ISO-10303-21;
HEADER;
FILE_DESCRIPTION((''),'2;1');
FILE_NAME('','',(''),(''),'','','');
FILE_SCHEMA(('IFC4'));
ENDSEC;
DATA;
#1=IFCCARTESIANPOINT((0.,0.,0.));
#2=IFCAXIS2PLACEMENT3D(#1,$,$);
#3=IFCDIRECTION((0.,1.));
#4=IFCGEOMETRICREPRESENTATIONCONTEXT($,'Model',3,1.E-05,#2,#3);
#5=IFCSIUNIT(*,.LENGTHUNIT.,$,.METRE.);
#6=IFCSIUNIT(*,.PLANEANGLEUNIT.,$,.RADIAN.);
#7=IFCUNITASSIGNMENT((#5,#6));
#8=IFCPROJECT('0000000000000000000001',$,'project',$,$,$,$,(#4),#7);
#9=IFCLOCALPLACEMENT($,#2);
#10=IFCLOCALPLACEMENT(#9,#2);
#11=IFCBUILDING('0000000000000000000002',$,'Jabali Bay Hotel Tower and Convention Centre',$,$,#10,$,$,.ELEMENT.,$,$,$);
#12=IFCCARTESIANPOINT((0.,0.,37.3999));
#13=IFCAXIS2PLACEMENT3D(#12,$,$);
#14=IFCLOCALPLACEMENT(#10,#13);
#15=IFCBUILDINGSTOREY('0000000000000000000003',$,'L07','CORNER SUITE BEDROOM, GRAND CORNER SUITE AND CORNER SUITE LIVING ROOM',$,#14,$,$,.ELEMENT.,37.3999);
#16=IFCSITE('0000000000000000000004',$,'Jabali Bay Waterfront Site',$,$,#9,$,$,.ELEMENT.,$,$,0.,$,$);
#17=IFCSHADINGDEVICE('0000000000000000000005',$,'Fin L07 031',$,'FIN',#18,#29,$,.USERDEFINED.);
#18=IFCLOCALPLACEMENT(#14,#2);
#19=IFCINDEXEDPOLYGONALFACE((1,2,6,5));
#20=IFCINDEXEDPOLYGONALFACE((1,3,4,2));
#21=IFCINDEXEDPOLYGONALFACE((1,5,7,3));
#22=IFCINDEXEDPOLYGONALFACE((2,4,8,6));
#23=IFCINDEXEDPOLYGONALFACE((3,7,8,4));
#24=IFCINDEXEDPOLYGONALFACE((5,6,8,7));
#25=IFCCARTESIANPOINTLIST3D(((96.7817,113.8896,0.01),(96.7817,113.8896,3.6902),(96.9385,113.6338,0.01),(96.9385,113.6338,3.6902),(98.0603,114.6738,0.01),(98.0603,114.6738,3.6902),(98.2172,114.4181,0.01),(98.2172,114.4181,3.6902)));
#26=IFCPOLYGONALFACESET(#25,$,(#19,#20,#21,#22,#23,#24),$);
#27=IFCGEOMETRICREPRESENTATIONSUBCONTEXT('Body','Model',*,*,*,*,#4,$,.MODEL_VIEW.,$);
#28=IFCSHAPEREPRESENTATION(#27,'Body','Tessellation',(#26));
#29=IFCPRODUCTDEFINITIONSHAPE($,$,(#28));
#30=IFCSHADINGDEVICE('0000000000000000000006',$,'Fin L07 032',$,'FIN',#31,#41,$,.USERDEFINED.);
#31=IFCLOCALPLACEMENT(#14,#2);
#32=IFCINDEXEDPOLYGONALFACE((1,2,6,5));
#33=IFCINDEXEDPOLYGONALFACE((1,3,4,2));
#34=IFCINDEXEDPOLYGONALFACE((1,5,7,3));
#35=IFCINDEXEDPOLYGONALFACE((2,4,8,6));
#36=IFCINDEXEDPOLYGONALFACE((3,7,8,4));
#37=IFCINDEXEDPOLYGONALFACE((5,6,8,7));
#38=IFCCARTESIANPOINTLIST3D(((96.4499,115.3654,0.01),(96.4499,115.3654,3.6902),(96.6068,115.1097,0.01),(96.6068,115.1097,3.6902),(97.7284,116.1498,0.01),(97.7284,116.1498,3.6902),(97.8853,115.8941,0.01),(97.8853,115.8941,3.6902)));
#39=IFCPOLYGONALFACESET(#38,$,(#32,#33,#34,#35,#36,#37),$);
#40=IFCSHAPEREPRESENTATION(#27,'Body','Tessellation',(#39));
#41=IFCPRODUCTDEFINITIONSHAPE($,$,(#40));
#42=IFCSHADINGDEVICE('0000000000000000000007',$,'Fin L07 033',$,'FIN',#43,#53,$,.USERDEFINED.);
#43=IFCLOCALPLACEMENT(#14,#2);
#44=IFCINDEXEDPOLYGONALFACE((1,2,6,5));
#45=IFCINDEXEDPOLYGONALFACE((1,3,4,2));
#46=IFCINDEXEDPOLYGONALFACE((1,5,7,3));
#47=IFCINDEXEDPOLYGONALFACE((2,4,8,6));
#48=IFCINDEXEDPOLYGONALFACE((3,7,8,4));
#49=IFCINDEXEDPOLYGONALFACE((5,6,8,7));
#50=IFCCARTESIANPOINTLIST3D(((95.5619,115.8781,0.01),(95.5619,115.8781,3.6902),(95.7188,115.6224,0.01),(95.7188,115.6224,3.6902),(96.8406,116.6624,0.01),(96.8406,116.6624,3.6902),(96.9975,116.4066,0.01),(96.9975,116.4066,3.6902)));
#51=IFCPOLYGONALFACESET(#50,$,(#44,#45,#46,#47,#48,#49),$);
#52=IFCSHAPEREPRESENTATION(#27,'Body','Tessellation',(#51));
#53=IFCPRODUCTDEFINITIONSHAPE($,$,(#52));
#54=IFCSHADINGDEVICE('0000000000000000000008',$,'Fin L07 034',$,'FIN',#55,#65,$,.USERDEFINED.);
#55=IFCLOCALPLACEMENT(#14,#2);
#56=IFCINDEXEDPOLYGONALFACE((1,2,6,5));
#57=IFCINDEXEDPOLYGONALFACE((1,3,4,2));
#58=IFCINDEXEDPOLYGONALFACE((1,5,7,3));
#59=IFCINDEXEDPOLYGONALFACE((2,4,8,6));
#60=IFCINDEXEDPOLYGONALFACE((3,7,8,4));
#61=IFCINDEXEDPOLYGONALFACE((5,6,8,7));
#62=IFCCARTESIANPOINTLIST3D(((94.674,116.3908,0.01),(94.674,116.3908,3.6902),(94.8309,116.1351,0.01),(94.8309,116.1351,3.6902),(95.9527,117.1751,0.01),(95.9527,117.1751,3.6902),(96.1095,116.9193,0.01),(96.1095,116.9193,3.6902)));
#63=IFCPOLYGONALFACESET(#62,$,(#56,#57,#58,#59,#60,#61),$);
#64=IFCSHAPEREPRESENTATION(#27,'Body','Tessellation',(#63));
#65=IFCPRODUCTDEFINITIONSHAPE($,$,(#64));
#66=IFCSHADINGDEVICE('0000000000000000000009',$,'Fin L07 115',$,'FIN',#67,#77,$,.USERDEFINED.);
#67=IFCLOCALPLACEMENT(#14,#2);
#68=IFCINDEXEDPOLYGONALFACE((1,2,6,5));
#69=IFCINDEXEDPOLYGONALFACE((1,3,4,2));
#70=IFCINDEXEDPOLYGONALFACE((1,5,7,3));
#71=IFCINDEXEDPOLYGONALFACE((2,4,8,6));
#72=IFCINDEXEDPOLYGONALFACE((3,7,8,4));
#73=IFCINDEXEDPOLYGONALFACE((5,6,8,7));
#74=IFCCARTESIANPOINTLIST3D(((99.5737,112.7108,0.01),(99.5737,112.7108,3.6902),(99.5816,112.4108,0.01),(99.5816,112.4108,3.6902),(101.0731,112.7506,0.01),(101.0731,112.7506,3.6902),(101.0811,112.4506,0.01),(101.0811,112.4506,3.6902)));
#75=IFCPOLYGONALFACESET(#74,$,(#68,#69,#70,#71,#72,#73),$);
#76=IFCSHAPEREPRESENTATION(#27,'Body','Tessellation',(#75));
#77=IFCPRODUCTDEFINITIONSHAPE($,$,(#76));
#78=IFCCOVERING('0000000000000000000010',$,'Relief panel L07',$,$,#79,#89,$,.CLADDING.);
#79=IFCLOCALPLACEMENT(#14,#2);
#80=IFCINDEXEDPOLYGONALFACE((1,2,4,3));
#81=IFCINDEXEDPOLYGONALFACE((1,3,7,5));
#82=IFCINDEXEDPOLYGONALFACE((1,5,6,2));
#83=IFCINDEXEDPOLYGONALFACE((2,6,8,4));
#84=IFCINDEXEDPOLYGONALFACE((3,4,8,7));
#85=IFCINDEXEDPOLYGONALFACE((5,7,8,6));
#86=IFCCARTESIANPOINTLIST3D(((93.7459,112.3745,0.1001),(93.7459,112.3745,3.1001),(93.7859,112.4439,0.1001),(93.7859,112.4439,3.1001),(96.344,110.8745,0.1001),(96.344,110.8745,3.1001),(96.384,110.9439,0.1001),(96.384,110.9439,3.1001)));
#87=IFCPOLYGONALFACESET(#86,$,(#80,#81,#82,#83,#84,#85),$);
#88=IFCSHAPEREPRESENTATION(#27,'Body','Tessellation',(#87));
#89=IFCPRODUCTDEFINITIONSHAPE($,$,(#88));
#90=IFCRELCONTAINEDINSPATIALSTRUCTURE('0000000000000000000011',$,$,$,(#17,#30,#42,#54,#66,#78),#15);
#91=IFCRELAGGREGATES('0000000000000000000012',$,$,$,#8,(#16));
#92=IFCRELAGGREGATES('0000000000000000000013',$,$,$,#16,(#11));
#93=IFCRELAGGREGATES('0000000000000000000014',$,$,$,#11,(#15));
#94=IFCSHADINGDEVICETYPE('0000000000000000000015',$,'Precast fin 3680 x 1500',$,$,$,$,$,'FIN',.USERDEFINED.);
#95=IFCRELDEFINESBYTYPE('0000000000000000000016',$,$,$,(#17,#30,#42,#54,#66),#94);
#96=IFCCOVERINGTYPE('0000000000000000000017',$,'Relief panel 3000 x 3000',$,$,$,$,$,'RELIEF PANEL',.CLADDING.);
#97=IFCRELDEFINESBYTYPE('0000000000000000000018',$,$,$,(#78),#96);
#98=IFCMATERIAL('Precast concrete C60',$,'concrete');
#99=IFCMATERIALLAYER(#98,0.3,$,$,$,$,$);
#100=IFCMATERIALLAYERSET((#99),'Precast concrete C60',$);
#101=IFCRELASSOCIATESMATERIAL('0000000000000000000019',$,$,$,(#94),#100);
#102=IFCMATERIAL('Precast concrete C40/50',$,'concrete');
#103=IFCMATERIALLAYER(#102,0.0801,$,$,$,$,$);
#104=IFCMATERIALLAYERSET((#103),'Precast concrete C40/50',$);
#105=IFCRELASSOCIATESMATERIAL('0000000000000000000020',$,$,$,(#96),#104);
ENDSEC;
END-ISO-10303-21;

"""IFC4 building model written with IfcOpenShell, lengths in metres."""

from ifc_helpers import new_model, si_unit, direction, frame, frame_2d, origin, origin_2d, place, context, subcontext, project, spatial, rectangle, extrude, material, layer, layer_set, type_object, element, save


model = new_model("IFC4")

# Units and contexts
model_context = context("Model", 3, precision=1e-05, world=origin(), true_north=direction((0.0, 1.0)))
body_context = subcontext(model_context, "Body", "Model", "MODEL_VIEW")
ifc_project = project(units=[si_unit("LENGTHUNIT", "METRE"), si_unit("PLANEANGLEUNIT", "RADIAN")], contexts=[model_context])

# Site, building, storey
site_placement = place(None, origin())
site = spatial("IfcSite", under=ifc_project, at=site_placement, Name="Jabali Bay Waterfront Site", CompositionType="ELEMENT", RefElevation=0.0)
building_placement = place(site_placement, origin())
building = spatial("IfcBuilding", under=site, at=building_placement, Name="Jabali Bay Hotel Tower and Convention Centre", CompositionType="ELEMENT")
storey_placement = place(building_placement, frame((0.0, 0.0, 37.3999)))
storey = spatial("IfcBuildingStorey", under=building, at=storey_placement, Name="L07", Description="CORNER SUITE BEDROOM, GRAND CORNER SUITE AND CORNER SUITE LIVING ROOM", CompositionType="ELEMENT", Elevation=37.3999)

# Shading devices
ifc_material_1 = material(Name="Precast concrete C60", Category="concrete")
ifc_layer_1 = layer(ifc_material_1, 0.3)
ifc_layer_set_1 = layer_set([ifc_layer_1], Name="Precast concrete C60")
shading_device_type = type_object("IfcShadingDeviceType", Name="Precast fin 3680 x 1500", ElementType="FIN", PredefinedType="USERDEFINED", material=ifc_layer_set_1)
for number, where, z_axis, x_axis, name in (
    (1, (96.8601, 113.7617, 0.01), (0.0, 0.0, 1.0), (0.85244, 0.522825, 0.0), "Fin L07 031"),
    (2, (96.5283, 115.2375, 0.01), (0.0, 0.0, 1.0), (0.852367, 0.522944, 0.0), "Fin L07 032"),
    (3, (95.6404, 115.7502, 0.01), (0.0, 0.0, 1.0), (0.85244, 0.522825, 0.0), "Fin L07 033"),
    (4, (94.7524, 116.2629, 0.01), (0.0, 0.0, 1.0), (0.85244, 0.522825, 0.0), "Fin L07 034"),
    (5, (99.5776, 112.5608, 0.01), (0.0, 0.0, 1.0), (0.999648, 0.026529, 0.0), "Fin L07 115"),
):
    element("IfcShadingDevice", number, at=place(storey_placement, frame(where, z_axis=z_axis, x_axis=x_axis)), inside=storey, type_object=shading_device_type, Name=name, ObjectType="FIN", PredefinedType="USERDEFINED", context=body_context, shape_type="SweptSolid", body=[
        extrude(rectangle(XDim=1.5, YDim=0.3, at=frame_2d((0.75, 0.0))), origin(), (0.0, 0.0, 1.0), 3.6802),
    ])

# Covering
ifc_material_2 = material(Name="Precast concrete C40/50", Category="concrete")
ifc_layer_2 = layer(ifc_material_2, 0.0801)
ifc_layer_set_2 = layer_set([ifc_layer_2], Name="Precast concrete C40/50")
covering_type = type_object("IfcCoveringType", Name="Relief panel 3000 x 3000", ElementType="RELIEF PANEL", PredefinedType="CLADDING", material=ifc_layer_set_2)
covering_placement = place(storey_placement, frame((95.0649, 111.6592, 0.1001), z_axis=(0.0, 0.0, 1.0), x_axis=(0.866025, -0.5, 0.0)))
element("IfcCovering", 6, at=covering_placement, inside=storey, type_object=covering_type, Name="Relief panel L07", PredefinedType="CLADDING", context=body_context, shape_type="SweptSolid", body=[
    extrude(rectangle(XDim=3.0, YDim=0.0801, at=origin_2d()), origin(), (0.0, 0.0, 1.0), 3.0),
])

save(model, "model.ifc")
